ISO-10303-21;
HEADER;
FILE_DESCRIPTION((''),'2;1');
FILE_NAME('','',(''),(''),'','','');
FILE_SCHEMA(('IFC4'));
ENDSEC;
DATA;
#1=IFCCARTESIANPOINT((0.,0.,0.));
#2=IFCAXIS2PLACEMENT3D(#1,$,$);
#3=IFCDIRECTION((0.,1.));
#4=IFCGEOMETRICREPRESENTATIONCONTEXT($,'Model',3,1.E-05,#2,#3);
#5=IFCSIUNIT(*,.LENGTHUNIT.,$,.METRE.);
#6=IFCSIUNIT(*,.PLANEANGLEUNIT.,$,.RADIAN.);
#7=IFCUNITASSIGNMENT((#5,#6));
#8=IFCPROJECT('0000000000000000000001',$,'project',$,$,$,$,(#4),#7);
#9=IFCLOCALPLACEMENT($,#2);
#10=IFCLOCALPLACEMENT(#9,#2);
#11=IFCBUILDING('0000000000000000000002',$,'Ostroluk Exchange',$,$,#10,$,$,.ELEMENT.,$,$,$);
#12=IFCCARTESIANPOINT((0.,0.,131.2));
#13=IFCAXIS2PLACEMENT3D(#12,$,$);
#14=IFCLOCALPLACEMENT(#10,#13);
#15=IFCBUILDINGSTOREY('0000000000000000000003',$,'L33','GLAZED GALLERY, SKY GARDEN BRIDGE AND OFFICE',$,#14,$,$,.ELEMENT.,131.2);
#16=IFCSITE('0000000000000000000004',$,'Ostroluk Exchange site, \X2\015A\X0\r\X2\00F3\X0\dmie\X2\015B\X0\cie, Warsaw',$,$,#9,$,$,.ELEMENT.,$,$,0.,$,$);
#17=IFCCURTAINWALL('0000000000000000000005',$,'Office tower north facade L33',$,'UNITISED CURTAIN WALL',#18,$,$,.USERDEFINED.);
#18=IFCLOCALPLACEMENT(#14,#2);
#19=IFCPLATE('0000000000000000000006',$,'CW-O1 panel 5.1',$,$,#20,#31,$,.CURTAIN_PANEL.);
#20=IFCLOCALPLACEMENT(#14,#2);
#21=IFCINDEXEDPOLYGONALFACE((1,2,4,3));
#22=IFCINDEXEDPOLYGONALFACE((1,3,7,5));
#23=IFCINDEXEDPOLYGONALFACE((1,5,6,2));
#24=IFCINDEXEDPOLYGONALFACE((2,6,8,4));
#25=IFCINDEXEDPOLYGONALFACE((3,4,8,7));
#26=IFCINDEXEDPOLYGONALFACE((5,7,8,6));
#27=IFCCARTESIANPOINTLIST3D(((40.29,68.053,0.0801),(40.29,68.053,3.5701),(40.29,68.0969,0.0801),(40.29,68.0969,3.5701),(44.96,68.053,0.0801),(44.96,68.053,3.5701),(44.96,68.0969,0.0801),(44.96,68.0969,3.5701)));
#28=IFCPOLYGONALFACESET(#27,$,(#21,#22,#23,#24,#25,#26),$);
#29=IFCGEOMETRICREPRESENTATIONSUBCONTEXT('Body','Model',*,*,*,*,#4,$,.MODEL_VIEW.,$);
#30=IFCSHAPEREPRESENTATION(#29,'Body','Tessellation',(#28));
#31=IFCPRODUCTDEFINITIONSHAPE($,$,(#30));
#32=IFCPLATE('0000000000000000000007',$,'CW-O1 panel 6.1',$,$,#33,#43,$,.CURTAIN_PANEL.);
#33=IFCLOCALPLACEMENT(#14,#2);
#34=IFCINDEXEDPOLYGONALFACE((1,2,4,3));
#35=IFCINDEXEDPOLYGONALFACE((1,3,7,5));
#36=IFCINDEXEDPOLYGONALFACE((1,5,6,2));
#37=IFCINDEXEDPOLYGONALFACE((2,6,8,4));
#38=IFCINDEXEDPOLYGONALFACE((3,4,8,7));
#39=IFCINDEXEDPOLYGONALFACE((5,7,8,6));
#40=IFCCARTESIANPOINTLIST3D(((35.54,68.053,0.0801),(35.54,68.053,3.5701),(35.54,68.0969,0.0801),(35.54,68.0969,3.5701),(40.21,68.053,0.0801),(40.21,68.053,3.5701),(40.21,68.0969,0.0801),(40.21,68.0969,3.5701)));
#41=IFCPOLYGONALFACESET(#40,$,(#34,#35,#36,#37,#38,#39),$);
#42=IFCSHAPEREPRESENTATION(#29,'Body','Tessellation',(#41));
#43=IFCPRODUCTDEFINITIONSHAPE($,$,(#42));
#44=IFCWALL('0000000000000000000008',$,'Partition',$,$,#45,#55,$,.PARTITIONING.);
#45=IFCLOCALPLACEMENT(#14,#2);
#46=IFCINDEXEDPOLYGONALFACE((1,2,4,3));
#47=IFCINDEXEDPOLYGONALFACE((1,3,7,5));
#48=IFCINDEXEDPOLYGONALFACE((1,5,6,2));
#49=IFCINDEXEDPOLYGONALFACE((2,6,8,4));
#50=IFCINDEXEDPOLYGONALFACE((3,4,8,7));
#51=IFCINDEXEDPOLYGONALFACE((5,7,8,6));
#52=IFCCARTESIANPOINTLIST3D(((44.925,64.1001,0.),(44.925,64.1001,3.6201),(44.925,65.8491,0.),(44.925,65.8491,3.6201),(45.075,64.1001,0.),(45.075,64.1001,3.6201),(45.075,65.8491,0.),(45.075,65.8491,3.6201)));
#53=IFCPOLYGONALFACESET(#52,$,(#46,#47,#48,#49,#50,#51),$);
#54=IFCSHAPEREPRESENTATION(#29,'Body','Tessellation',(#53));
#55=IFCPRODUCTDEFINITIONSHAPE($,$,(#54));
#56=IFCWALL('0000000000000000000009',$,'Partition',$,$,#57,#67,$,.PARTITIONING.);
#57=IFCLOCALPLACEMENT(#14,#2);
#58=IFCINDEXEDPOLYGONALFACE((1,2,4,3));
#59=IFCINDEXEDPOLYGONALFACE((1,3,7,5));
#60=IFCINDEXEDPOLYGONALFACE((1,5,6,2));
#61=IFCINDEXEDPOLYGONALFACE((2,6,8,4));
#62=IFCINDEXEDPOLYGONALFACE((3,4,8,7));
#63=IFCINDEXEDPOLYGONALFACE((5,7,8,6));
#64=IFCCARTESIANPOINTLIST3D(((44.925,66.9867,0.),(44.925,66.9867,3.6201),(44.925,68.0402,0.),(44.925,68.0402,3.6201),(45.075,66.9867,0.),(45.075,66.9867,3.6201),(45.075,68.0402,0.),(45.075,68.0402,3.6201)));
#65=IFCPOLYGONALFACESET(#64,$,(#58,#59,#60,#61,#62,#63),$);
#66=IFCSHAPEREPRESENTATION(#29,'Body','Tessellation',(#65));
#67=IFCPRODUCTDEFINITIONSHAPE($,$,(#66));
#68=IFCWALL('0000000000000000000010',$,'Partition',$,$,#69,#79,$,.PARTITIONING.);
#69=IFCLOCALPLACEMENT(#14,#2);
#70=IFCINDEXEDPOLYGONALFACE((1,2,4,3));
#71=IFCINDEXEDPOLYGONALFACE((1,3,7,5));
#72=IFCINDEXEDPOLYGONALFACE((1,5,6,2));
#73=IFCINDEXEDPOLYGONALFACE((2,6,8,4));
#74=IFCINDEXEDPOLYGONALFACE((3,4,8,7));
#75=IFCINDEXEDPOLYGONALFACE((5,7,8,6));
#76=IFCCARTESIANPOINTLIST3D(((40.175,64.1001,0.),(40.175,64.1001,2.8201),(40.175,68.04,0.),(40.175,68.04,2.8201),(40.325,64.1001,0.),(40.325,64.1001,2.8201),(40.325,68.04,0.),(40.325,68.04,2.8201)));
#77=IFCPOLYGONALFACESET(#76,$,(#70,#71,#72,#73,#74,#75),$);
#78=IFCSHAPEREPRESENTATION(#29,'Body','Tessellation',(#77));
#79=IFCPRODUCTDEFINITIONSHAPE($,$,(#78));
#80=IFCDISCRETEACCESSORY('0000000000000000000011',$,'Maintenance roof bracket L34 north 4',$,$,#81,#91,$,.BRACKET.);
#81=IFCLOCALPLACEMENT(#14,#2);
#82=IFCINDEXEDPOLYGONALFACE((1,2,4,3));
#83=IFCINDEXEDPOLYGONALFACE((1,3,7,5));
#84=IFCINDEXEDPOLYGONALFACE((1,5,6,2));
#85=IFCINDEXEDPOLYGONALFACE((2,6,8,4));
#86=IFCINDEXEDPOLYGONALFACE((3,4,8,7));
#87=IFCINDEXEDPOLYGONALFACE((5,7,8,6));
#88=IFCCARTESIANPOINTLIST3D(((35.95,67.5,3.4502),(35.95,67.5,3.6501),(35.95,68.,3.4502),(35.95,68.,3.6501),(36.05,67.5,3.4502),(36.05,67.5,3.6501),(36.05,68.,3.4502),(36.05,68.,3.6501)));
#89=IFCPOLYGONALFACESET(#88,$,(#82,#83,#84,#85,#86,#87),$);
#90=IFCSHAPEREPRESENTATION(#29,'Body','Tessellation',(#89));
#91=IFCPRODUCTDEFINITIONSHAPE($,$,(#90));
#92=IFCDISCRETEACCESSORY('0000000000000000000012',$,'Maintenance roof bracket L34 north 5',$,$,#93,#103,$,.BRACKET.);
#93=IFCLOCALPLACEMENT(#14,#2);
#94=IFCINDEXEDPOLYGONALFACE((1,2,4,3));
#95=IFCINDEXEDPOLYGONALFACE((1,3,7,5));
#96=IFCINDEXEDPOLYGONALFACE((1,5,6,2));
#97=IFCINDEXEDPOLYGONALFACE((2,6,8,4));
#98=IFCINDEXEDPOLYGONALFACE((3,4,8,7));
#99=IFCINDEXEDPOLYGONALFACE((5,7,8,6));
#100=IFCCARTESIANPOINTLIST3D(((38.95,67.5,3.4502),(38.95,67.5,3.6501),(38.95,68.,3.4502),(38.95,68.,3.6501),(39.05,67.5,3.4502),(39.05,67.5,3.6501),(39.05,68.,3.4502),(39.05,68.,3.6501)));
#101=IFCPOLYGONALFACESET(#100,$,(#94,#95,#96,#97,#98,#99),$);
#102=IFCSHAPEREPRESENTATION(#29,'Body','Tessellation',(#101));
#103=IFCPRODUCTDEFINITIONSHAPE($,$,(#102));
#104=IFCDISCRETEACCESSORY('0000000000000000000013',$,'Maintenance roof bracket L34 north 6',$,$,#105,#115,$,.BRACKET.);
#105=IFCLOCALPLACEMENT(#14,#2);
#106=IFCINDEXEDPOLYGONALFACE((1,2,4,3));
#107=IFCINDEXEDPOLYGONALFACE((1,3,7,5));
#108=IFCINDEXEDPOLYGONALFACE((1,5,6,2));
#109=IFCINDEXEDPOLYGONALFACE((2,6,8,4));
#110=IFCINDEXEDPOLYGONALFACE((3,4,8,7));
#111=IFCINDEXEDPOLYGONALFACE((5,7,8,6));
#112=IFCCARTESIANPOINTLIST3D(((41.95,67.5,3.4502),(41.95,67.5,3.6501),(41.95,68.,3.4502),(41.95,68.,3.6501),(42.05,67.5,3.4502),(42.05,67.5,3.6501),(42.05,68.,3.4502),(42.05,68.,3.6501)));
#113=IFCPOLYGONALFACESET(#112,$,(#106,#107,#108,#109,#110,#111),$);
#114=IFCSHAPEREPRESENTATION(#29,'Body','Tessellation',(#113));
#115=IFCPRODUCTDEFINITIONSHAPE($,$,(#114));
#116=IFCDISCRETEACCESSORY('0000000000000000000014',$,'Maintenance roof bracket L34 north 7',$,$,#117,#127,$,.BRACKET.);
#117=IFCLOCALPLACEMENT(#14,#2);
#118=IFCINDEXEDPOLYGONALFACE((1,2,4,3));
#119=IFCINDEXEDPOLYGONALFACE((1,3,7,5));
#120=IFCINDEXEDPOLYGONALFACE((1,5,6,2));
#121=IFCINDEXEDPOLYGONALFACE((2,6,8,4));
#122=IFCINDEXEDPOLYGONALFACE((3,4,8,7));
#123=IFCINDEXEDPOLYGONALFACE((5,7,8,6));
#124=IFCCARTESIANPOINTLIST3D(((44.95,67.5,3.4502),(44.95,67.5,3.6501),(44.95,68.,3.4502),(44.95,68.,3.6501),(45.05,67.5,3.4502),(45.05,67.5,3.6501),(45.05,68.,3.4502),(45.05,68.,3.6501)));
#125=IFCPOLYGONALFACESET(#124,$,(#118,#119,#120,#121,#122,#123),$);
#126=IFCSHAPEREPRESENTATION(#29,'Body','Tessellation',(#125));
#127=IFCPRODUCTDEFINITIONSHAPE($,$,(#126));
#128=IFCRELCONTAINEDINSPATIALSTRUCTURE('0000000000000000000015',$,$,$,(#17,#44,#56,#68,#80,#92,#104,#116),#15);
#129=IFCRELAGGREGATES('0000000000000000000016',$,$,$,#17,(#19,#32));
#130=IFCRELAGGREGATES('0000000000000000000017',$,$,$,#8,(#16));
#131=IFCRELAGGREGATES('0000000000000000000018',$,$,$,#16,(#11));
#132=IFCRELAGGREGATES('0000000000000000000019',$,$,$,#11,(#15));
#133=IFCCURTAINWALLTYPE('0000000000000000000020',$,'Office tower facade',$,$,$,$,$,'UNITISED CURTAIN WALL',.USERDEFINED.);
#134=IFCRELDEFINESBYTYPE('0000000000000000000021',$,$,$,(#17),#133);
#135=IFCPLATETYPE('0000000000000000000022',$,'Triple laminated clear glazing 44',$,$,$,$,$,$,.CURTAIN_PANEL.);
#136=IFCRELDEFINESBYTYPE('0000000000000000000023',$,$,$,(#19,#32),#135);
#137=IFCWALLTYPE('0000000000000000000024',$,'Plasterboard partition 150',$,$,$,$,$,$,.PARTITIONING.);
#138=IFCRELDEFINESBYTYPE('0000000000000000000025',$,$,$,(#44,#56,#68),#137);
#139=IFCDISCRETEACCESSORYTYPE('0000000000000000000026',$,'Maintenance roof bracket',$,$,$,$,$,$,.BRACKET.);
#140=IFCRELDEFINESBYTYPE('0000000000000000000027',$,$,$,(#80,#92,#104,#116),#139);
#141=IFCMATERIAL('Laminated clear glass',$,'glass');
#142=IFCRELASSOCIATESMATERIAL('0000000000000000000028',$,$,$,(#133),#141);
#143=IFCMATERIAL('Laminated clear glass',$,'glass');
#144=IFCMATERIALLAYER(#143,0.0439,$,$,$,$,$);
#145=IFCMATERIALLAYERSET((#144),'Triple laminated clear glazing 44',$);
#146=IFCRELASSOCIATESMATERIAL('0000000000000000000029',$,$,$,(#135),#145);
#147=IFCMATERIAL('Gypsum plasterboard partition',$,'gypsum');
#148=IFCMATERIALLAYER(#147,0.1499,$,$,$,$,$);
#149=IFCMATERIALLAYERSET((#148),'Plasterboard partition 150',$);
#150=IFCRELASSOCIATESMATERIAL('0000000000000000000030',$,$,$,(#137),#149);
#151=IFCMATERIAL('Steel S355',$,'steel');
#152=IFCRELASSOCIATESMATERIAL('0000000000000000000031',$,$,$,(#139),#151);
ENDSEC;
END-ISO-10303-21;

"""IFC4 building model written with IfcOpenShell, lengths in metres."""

from ifc_helpers import new_model, si_unit, direction, frame, frame_2d, origin, origin_2d, place, context, subcontext, project, spatial, rectangle, extrude, material, layer, layer_set, type_object, element, aggregate, save


model = new_model("IFC4")

# Units and contexts
model_context = context("Model", 3, precision=1e-05, world=origin(), true_north=direction((0.0, 1.0)))
body_context = subcontext(model_context, "Body", "Model", "MODEL_VIEW")
ifc_project = project(units=[si_unit("LENGTHUNIT", "METRE"), si_unit("PLANEANGLEUNIT", "RADIAN")], contexts=[model_context])

# Site, building, storey
site_placement = place(None, origin())
site = spatial("IfcSite", under=ifc_project, at=site_placement, Name="Ostroluk Exchange site, Śródmieście, Warsaw", CompositionType="ELEMENT", RefElevation=0.0)
building_placement = place(site_placement, origin())
building = spatial("IfcBuilding", under=site, at=building_placement, Name="Ostroluk Exchange", CompositionType="ELEMENT")
storey_placement = place(building_placement, frame((0.0, 0.0, 131.2)))
storey = spatial("IfcBuildingStorey", under=building, at=storey_placement, Name="L33", Description="GLAZED GALLERY, SKY GARDEN BRIDGE AND OFFICE", CompositionType="ELEMENT", Elevation=131.2)

# Curtain wall, plates
ifc_material_1 = material(Name="Laminated clear glass", Category="glass")
curtain_wall_type = type_object("IfcCurtainWallType", Name="Office tower facade", ElementType="UNITISED CURTAIN WALL", PredefinedType="USERDEFINED", material=ifc_material_1)
curtain_wall_placement = place(storey_placement, origin())
curtain_wall = element("IfcCurtainWall", 1, at=curtain_wall_placement, inside=storey, type_object=curtain_wall_type, Name="Office tower north facade L33", ObjectType="UNITISED CURTAIN WALL", PredefinedType="USERDEFINED")
ifc_material_2 = material(Name="Laminated clear glass", Category="glass")
ifc_layer_1 = layer(ifc_material_2, 0.0439)
ifc_layer_set_1 = layer_set([ifc_layer_1], Name="Triple laminated clear glazing 44")
plate_type = type_object("IfcPlateType", Name="Triple laminated clear glazing 44", PredefinedType="CURTAIN_PANEL", material=ifc_layer_set_1)
plate_1_placement = place(storey_placement, frame((42.625, 68.075, 0.0801), z_axis=(0.0, 0.0, 1.0), x_axis=(-1.0, 0.0, 0.0)))
plate_1 = element("IfcPlate", 2, at=plate_1_placement, type_object=plate_type, Name="CW-O1 panel 5.1", PredefinedType="CURTAIN_PANEL", context=body_context, shape_type="SweptSolid", body=[
    extrude(rectangle(XDim=4.6699, YDim=0.0439, at=origin_2d()), origin(), (0.0, 0.0, 1.0), 3.49),
])
plate_2_placement = place(storey_placement, frame((37.875, 68.075, 0.0801), z_axis=(0.0, 0.0, 1.0), x_axis=(-1.0, 0.0, 0.0)))
plate_2 = element("IfcPlate", 3, at=plate_2_placement, type_object=plate_type, Name="CW-O1 panel 6.1", PredefinedType="CURTAIN_PANEL", context=body_context, shape_type="SweptSolid", body=[
    extrude(rectangle(XDim=4.6699, YDim=0.0439, at=origin_2d()), origin(), (0.0, 0.0, 1.0), 3.49),
])
aggregate(curtain_wall, [plate_1, plate_2])

# Walls
ifc_material_3 = material(Name="Gypsum plasterboard partition", Category="gypsum")
ifc_layer_2 = layer(ifc_material_3, 0.1499)
ifc_layer_set_2 = layer_set([ifc_layer_2], Name="Plasterboard partition 150")
wall_type = type_object("IfcWallType", Name="Plasterboard partition 150", PredefinedType="PARTITIONING", material=ifc_layer_set_2)
wall_1_placement = place(storey_placement, frame((45.0, 64.1001, 0.0), z_axis=(0.0, 0.0, 1.0), x_axis=(0.0, 1.0, 0.0)))
element("IfcWall", 4, at=wall_1_placement, inside=storey, type_object=wall_type, Name="Partition", PredefinedType="PARTITIONING", context=body_context, shape_type="SweptSolid", body=[
    extrude(rectangle(XDim=1.749, YDim=0.1499, at=frame_2d((0.8745, 0.0))), origin(), (0.0, 0.0, 1.0), 3.6201),
])
wall_2_placement = place(storey_placement, frame((45.0, 66.9866, 0.0), z_axis=(0.0, 0.0, 1.0), x_axis=(0.0, 1.0, 0.0)))
element("IfcWall", 5, at=wall_2_placement, inside=storey, type_object=wall_type, Name="Partition", PredefinedType="PARTITIONING", context=body_context, shape_type="SweptSolid", body=[
    extrude(rectangle(XDim=1.0535, YDim=0.1499, at=frame_2d((0.5269, 0.0))), origin(), (0.0, 0.0, 1.0), 3.6201),
])
wall_3_placement = place(storey_placement, frame((40.25, 64.1001, 0.0), z_axis=(0.0, 0.0, 1.0), x_axis=(0.0, 1.0, 0.0)))
element("IfcWall", 6, at=wall_3_placement, inside=storey, type_object=wall_type, Name="Partition", PredefinedType="PARTITIONING", context=body_context, shape_type="SweptSolid", body=[
    extrude(rectangle(XDim=3.9399, YDim=0.1499, at=frame_2d((1.97, 0.0))), origin(), (0.0, 0.0, 1.0), 2.8201),
])

# Discrete accessories
ifc_material_4 = material(Name="Steel S355", Category="steel")
discrete_accessory_type = type_object("IfcDiscreteAccessoryType", Name="Maintenance roof bracket", PredefinedType="BRACKET", material=ifc_material_4)
for number, where, z_axis, x_axis, name in (
    (7, (36.0, 67.75, 3.4502), (0.0, 0.0, 1.0), (1.0, 0.0, 0.0), "Maintenance roof bracket L34 north 4"),
    (8, (39.0, 67.75, 3.4502), (0.0, 0.0, 1.0), (1.0, 0.0, 0.0), "Maintenance roof bracket L34 north 5"),
    (9, (42.0, 67.75, 3.4502), (0.0, 0.0, 1.0), (1.0, 0.0, 0.0), "Maintenance roof bracket L34 north 6"),
    (10, (45.0, 67.75, 3.4502), (0.0, 0.0, 1.0), (1.0, 0.0, 0.0), "Maintenance roof bracket L34 north 7"),
):
    element("IfcDiscreteAccessory", number, at=place(storey_placement, frame(where, z_axis=z_axis, x_axis=x_axis)), inside=storey, type_object=discrete_accessory_type, Name=name, PredefinedType="BRACKET", context=body_context, shape_type="SweptSolid", body=[
        extrude(rectangle(XDim=0.1001, YDim=0.5, at=origin_2d()), origin(), (0.0, 0.0, 1.0), 0.2),
    ])

save(model, "model.ifc")
